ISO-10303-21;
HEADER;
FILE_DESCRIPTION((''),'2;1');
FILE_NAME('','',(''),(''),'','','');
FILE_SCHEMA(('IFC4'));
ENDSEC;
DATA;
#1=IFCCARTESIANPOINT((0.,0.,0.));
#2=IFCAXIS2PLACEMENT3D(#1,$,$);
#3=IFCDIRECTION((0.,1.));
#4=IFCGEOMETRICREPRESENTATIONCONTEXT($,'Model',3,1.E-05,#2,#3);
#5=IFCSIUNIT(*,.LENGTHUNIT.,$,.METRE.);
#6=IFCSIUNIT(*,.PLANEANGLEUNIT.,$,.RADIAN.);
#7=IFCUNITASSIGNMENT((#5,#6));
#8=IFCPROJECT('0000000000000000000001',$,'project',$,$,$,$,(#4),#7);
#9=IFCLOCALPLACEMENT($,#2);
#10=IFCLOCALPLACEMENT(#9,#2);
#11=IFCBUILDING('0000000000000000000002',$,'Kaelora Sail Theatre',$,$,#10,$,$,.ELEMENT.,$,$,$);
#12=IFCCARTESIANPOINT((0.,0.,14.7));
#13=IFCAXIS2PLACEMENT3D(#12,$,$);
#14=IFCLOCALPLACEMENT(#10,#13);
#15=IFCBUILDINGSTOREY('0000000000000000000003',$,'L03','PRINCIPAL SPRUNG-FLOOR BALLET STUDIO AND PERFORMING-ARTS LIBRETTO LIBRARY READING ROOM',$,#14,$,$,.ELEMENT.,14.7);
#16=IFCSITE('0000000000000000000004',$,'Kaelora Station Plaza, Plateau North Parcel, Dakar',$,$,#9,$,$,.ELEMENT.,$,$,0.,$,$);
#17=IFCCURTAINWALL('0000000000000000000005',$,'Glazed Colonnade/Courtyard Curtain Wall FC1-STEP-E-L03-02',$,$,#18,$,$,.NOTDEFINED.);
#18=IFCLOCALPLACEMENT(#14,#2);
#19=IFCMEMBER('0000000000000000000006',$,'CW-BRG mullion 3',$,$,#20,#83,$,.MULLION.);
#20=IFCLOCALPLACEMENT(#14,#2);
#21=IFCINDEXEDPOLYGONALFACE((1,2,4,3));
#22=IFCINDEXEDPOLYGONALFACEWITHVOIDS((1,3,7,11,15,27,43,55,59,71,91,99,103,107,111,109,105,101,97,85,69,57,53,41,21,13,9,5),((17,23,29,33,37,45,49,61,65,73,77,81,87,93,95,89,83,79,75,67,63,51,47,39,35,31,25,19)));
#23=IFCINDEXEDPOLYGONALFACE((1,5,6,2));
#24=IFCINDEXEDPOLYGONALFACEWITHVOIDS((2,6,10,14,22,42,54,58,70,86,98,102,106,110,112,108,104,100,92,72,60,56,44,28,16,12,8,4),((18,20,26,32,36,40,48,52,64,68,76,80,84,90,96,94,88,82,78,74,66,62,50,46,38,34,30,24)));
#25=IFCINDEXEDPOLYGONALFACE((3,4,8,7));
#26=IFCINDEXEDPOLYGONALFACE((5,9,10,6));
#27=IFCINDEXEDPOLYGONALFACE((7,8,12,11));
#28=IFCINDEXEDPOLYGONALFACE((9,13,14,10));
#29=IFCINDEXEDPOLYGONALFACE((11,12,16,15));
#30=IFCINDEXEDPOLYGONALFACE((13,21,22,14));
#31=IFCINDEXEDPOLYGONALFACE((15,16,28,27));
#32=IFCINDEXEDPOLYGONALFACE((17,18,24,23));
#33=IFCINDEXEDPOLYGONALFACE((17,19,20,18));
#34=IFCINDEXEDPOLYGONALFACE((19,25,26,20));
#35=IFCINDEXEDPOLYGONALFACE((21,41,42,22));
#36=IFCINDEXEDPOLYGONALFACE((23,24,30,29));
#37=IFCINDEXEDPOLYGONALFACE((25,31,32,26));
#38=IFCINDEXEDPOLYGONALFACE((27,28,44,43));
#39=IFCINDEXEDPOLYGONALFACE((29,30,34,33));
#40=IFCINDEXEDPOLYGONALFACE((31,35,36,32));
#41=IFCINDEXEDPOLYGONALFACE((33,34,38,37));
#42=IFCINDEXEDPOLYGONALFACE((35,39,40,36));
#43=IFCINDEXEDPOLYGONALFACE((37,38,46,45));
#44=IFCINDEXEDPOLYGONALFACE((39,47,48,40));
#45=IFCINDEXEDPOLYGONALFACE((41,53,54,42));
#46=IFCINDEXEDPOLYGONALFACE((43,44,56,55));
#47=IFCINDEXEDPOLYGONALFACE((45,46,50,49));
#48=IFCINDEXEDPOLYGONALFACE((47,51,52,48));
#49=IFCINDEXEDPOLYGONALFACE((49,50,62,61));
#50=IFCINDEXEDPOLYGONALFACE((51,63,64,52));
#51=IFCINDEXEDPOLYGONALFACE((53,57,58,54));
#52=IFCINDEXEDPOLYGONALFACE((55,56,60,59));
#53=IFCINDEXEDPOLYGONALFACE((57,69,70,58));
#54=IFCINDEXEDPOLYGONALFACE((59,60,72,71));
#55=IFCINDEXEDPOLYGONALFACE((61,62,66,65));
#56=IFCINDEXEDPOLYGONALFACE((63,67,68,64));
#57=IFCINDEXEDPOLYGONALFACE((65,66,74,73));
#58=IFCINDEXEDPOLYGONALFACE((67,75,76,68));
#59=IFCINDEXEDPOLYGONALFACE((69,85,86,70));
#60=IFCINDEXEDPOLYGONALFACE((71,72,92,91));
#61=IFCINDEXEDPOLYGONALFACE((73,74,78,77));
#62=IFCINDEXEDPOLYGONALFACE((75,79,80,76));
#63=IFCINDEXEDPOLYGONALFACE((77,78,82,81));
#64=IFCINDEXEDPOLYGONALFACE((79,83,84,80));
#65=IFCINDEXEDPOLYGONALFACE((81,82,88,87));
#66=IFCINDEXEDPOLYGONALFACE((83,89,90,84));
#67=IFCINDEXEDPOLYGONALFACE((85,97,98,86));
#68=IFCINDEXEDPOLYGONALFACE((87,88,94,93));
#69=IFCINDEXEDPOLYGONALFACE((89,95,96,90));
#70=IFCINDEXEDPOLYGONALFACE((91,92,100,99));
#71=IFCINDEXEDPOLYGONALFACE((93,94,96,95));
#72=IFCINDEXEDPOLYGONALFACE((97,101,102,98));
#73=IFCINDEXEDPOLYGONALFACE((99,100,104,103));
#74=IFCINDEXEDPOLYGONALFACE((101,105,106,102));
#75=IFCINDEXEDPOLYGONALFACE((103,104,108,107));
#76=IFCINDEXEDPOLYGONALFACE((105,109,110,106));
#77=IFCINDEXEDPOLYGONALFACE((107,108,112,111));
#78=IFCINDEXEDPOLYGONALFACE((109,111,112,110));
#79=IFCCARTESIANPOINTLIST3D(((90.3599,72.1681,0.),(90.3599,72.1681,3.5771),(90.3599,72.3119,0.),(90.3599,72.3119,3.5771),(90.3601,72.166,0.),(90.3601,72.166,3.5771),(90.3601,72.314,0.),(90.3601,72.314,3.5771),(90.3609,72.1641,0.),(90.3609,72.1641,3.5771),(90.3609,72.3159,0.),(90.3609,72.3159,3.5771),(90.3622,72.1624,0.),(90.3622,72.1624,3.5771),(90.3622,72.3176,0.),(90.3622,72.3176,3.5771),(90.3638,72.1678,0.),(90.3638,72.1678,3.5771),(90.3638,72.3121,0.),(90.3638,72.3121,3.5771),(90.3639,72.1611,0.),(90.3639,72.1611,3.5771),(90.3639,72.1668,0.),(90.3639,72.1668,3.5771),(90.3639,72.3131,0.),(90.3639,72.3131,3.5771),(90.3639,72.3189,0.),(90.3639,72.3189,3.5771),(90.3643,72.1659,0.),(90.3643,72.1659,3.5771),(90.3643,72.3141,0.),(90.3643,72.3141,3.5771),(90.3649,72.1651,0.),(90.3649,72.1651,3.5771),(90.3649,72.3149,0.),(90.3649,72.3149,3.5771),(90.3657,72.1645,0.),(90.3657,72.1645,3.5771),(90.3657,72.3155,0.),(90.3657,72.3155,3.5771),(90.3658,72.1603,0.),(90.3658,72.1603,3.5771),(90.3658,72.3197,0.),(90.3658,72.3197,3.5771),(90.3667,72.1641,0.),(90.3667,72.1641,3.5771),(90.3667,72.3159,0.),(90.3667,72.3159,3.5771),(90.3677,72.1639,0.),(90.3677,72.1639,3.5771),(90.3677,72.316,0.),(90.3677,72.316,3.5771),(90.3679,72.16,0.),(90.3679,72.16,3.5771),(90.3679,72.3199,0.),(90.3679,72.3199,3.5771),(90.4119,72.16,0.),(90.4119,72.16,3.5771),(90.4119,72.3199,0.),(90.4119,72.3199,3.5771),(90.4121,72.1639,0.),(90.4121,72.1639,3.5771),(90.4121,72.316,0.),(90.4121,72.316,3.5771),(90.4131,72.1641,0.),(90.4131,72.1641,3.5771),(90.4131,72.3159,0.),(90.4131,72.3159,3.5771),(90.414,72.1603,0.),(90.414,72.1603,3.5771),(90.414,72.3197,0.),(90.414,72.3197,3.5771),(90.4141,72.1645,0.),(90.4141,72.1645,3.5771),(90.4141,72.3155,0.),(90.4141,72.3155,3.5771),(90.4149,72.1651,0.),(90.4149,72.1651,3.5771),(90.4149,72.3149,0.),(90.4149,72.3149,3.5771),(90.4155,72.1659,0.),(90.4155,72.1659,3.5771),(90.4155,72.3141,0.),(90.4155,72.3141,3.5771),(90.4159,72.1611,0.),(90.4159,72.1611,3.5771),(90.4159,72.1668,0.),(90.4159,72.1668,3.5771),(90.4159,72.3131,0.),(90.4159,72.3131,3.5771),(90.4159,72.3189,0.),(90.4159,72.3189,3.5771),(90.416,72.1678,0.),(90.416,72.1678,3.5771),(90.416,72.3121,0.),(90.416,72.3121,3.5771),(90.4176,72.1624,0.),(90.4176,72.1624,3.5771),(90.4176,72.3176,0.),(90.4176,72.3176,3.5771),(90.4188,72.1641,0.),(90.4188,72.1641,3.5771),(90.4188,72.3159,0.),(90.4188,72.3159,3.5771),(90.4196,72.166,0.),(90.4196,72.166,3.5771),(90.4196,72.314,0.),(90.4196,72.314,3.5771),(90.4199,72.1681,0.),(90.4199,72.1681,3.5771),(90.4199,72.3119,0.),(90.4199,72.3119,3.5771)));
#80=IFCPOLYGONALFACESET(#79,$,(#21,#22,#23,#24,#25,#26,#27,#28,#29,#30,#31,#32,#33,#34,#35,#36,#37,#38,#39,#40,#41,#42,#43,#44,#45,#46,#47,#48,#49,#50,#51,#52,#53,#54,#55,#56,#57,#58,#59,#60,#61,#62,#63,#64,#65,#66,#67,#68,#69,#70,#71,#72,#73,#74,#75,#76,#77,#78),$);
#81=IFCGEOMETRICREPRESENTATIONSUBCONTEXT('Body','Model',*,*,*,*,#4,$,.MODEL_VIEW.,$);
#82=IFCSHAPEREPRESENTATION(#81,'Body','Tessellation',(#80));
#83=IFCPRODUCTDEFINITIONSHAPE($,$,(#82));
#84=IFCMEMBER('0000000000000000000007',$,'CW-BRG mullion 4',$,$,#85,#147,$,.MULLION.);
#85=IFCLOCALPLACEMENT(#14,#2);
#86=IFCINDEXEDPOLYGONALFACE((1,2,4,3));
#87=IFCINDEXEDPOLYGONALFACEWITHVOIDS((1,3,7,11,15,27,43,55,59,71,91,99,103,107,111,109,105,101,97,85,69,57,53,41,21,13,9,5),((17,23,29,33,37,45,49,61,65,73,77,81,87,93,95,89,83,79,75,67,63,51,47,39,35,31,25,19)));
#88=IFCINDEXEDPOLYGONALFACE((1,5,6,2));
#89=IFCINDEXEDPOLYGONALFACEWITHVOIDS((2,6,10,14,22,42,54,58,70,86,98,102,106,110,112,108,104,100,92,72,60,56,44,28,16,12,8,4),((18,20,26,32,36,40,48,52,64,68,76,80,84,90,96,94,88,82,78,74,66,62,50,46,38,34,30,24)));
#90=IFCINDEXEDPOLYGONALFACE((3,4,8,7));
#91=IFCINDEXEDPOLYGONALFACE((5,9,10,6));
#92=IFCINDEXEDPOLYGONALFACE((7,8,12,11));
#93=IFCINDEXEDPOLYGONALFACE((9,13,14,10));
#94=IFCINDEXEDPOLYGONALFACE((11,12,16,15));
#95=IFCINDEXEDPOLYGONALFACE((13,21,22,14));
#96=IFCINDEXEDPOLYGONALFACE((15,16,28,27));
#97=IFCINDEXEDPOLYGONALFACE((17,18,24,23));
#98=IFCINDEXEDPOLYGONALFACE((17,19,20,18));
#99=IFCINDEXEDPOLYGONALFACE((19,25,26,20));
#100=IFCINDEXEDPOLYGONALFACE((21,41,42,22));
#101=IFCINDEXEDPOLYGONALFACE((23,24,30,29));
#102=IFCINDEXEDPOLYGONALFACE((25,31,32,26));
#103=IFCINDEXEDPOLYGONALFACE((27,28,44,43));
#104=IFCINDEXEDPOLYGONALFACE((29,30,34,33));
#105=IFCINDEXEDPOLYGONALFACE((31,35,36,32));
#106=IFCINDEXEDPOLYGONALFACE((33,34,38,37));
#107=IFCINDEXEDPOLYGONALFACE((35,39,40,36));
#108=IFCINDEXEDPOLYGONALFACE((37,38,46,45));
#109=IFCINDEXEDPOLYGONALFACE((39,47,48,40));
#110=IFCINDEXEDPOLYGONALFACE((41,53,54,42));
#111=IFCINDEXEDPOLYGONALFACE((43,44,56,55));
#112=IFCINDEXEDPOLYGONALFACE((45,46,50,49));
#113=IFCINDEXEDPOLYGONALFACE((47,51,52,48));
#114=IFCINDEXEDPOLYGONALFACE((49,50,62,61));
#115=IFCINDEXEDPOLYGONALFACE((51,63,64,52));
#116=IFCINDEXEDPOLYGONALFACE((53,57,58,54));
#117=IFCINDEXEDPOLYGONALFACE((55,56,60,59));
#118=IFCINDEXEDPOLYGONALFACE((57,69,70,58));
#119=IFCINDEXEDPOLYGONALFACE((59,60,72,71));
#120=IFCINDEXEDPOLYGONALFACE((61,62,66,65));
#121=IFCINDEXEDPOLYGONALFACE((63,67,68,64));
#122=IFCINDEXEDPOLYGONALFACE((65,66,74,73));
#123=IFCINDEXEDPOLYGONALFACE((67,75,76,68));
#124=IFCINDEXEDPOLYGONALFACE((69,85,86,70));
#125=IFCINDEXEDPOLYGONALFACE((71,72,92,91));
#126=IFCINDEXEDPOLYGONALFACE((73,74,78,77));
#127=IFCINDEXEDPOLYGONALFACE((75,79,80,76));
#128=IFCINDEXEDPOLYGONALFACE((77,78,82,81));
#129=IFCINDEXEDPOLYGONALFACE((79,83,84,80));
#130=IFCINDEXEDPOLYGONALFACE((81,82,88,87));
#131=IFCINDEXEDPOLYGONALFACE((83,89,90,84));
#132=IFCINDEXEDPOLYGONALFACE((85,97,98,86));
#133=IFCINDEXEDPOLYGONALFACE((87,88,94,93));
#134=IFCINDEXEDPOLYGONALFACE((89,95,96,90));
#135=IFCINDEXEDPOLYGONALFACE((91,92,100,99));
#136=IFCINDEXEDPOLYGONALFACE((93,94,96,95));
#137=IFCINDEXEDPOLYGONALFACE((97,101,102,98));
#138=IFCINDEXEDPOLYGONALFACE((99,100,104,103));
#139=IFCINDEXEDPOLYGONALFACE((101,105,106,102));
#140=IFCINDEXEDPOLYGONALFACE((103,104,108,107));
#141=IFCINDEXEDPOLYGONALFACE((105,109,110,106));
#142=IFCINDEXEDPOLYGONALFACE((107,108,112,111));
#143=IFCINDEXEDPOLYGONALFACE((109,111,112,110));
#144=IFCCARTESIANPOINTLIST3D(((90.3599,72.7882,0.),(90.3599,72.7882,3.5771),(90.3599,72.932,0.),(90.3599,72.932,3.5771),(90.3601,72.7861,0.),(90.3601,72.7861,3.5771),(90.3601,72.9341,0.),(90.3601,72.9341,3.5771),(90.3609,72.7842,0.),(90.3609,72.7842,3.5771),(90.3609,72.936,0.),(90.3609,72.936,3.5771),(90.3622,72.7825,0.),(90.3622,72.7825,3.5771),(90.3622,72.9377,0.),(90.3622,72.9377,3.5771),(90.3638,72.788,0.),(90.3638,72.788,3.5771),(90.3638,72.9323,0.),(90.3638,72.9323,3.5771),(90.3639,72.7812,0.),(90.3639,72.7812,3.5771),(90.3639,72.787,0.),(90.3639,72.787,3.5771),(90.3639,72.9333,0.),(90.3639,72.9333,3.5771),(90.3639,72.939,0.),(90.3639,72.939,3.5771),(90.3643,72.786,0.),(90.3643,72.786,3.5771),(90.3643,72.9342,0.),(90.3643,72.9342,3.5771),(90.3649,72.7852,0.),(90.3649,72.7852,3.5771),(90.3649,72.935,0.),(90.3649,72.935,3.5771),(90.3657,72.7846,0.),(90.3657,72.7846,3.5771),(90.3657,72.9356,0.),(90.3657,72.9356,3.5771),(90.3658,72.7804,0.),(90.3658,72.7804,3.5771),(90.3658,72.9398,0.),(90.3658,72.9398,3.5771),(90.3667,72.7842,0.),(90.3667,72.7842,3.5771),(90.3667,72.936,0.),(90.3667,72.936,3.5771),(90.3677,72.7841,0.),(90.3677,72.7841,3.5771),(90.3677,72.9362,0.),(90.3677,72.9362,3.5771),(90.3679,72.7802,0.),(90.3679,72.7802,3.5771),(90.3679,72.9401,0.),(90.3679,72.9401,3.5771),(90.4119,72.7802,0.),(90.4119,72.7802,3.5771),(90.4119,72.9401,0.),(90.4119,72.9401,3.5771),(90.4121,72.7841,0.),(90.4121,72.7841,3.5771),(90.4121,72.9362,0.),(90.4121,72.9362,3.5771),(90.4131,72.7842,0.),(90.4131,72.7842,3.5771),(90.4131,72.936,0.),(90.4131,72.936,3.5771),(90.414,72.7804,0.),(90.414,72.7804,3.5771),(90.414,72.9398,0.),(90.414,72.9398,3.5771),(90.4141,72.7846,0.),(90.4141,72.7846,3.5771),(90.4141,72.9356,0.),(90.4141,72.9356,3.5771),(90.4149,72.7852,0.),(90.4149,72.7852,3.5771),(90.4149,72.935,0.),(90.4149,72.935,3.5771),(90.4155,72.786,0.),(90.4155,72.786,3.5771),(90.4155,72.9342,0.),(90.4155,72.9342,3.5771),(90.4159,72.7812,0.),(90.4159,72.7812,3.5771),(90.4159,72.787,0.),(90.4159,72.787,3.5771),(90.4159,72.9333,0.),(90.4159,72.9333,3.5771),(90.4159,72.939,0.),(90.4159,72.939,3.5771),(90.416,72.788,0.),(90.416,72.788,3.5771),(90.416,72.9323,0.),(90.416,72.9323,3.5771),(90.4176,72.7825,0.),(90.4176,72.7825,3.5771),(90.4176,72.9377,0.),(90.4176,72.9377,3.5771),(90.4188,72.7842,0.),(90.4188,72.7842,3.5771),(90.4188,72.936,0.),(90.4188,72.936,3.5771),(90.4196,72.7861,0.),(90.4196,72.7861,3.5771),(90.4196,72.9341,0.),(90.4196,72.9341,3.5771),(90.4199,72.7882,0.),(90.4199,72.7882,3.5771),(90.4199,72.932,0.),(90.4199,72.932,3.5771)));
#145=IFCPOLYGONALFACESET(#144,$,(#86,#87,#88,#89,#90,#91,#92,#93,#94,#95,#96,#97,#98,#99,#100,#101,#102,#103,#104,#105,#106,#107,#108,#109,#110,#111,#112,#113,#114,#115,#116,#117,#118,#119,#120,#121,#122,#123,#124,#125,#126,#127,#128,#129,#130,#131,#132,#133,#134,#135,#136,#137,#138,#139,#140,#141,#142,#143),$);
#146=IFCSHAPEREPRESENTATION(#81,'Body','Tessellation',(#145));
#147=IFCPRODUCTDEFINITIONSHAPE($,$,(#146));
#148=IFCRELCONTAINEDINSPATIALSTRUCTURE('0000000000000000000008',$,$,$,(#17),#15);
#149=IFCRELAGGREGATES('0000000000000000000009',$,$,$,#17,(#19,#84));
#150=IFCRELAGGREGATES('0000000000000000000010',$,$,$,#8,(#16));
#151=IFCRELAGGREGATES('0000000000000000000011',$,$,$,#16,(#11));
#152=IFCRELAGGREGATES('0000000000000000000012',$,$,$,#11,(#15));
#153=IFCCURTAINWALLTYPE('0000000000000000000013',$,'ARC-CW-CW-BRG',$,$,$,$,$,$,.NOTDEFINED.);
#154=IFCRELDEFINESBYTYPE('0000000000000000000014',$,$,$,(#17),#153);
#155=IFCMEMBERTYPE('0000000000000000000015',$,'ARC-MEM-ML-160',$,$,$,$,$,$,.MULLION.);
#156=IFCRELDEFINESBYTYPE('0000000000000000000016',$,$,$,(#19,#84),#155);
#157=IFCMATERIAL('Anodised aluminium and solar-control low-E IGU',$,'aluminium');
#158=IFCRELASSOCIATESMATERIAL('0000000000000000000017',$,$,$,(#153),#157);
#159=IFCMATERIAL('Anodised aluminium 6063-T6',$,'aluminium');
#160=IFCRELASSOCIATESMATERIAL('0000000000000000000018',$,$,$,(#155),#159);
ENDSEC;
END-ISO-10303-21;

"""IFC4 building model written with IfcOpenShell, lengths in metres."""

from ifc_helpers import new_model, si_unit, direction, frame, origin, origin_2d, place, context, subcontext, project, spatial, hollow_rectangle, extrude, material, material_profile, profile_set, type_object, element, aggregate, save


model = new_model("IFC4")

# Units and contexts
model_context = context("Model", 3, precision=1e-05, world=origin(), true_north=direction((0.0, 1.0)))
body_context = subcontext(model_context, "Body", "Model", "MODEL_VIEW")
ifc_project = project(units=[si_unit("LENGTHUNIT", "METRE"), si_unit("PLANEANGLEUNIT", "RADIAN")], contexts=[model_context])

# Site, building, storey
site_placement = place(None, origin())
site = spatial("IfcSite", under=ifc_project, at=site_placement, Name="Kaelora Station Plaza, Plateau North Parcel, Dakar", CompositionType="ELEMENT", RefElevation=0.0)
building_placement = place(site_placement, origin())
building = spatial("IfcBuilding", under=site, at=building_placement, Name="Kaelora Sail Theatre", CompositionType="ELEMENT")
storey_placement = place(building_placement, frame((0.0, 0.0, 14.7)))
storey = spatial("IfcBuildingStorey", under=building, at=storey_placement, Name="L03", Description="PRINCIPAL SPRUNG-FLOOR BALLET STUDIO AND PERFORMING-ARTS LIBRETTO LIBRARY READING ROOM", CompositionType="ELEMENT", Elevation=14.7)

# Curtain wall, members
ifc_material_1 = material(Name="Anodised aluminium and solar-control low-E IGU", Category="aluminium")
curtain_wall_type = type_object("IfcCurtainWallType", Name="ARC-CW-CW-BRG", PredefinedType="NOTDEFINED", material=ifc_material_1)
curtain_wall_placement = place(storey_placement, origin())
curtain_wall = element("IfcCurtainWall", 1, at=curtain_wall_placement, inside=storey, type_object=curtain_wall_type, Name="Glazed Colonnade/Courtyard Curtain Wall FC1-STEP-E-L03-02", PredefinedType="NOTDEFINED")
ifc_material_2 = material(Name="Anodised aluminium 6063-T6", Category="aluminium")
ifc_material_profile_1 = material_profile(ifc_material_2, hollow_rectangle(XDim=0.0601, YDim=0.1599, WallThickness=0.0039, InnerFilletRadius=0.0039, OuterFilletRadius=0.0081, at=origin_2d()), Name="ALU-MULL 60x160x4")
ifc_profile_set_1 = profile_set([ifc_material_profile_1], Name="Anodised aluminium 6063-T6")
member_type_1 = type_object("IfcMemberType", Name="ARC-MEM-ML-160", PredefinedType="MULLION", material=ifc_profile_set_1)
member_1_placement = place(storey_placement, frame((90.3899, 72.24, 0.0), z_axis=(0.0, 0.0, 1.0), x_axis=(-1.0, 0.0, 0.0)))
member_1 = element("IfcMember", 2, at=member_1_placement, type_object=member_type_1, Name="CW-BRG mullion 3", PredefinedType="MULLION", context=body_context, shape_type="SweptSolid", body=[
    extrude(hollow_rectangle(XDim=0.0601, YDim=0.1599, WallThickness=0.0039, InnerFilletRadius=0.0039, OuterFilletRadius=0.0081, at=origin_2d()), origin(), (0.0, 0.0, 1.0), 3.5771),
])
member_2_placement = place(storey_placement, frame((90.3899, 72.8601, 0.0), z_axis=(0.0, 0.0, 1.0), x_axis=(-1.0, 0.0, 0.0)))
member_2 = element("IfcMember", 3, at=member_2_placement, type_object=member_type_1, Name="CW-BRG mullion 4", PredefinedType="MULLION", context=body_context, shape_type="SweptSolid", body=[
    extrude(hollow_rectangle(XDim=0.0601, YDim=0.1599, WallThickness=0.0039, InnerFilletRadius=0.0039, OuterFilletRadius=0.0081, at=origin_2d()), origin(), (0.0, 0.0, 1.0), 3.5771),
])
aggregate(curtain_wall, [member_1, member_2])

save(model, "model.ifc")
